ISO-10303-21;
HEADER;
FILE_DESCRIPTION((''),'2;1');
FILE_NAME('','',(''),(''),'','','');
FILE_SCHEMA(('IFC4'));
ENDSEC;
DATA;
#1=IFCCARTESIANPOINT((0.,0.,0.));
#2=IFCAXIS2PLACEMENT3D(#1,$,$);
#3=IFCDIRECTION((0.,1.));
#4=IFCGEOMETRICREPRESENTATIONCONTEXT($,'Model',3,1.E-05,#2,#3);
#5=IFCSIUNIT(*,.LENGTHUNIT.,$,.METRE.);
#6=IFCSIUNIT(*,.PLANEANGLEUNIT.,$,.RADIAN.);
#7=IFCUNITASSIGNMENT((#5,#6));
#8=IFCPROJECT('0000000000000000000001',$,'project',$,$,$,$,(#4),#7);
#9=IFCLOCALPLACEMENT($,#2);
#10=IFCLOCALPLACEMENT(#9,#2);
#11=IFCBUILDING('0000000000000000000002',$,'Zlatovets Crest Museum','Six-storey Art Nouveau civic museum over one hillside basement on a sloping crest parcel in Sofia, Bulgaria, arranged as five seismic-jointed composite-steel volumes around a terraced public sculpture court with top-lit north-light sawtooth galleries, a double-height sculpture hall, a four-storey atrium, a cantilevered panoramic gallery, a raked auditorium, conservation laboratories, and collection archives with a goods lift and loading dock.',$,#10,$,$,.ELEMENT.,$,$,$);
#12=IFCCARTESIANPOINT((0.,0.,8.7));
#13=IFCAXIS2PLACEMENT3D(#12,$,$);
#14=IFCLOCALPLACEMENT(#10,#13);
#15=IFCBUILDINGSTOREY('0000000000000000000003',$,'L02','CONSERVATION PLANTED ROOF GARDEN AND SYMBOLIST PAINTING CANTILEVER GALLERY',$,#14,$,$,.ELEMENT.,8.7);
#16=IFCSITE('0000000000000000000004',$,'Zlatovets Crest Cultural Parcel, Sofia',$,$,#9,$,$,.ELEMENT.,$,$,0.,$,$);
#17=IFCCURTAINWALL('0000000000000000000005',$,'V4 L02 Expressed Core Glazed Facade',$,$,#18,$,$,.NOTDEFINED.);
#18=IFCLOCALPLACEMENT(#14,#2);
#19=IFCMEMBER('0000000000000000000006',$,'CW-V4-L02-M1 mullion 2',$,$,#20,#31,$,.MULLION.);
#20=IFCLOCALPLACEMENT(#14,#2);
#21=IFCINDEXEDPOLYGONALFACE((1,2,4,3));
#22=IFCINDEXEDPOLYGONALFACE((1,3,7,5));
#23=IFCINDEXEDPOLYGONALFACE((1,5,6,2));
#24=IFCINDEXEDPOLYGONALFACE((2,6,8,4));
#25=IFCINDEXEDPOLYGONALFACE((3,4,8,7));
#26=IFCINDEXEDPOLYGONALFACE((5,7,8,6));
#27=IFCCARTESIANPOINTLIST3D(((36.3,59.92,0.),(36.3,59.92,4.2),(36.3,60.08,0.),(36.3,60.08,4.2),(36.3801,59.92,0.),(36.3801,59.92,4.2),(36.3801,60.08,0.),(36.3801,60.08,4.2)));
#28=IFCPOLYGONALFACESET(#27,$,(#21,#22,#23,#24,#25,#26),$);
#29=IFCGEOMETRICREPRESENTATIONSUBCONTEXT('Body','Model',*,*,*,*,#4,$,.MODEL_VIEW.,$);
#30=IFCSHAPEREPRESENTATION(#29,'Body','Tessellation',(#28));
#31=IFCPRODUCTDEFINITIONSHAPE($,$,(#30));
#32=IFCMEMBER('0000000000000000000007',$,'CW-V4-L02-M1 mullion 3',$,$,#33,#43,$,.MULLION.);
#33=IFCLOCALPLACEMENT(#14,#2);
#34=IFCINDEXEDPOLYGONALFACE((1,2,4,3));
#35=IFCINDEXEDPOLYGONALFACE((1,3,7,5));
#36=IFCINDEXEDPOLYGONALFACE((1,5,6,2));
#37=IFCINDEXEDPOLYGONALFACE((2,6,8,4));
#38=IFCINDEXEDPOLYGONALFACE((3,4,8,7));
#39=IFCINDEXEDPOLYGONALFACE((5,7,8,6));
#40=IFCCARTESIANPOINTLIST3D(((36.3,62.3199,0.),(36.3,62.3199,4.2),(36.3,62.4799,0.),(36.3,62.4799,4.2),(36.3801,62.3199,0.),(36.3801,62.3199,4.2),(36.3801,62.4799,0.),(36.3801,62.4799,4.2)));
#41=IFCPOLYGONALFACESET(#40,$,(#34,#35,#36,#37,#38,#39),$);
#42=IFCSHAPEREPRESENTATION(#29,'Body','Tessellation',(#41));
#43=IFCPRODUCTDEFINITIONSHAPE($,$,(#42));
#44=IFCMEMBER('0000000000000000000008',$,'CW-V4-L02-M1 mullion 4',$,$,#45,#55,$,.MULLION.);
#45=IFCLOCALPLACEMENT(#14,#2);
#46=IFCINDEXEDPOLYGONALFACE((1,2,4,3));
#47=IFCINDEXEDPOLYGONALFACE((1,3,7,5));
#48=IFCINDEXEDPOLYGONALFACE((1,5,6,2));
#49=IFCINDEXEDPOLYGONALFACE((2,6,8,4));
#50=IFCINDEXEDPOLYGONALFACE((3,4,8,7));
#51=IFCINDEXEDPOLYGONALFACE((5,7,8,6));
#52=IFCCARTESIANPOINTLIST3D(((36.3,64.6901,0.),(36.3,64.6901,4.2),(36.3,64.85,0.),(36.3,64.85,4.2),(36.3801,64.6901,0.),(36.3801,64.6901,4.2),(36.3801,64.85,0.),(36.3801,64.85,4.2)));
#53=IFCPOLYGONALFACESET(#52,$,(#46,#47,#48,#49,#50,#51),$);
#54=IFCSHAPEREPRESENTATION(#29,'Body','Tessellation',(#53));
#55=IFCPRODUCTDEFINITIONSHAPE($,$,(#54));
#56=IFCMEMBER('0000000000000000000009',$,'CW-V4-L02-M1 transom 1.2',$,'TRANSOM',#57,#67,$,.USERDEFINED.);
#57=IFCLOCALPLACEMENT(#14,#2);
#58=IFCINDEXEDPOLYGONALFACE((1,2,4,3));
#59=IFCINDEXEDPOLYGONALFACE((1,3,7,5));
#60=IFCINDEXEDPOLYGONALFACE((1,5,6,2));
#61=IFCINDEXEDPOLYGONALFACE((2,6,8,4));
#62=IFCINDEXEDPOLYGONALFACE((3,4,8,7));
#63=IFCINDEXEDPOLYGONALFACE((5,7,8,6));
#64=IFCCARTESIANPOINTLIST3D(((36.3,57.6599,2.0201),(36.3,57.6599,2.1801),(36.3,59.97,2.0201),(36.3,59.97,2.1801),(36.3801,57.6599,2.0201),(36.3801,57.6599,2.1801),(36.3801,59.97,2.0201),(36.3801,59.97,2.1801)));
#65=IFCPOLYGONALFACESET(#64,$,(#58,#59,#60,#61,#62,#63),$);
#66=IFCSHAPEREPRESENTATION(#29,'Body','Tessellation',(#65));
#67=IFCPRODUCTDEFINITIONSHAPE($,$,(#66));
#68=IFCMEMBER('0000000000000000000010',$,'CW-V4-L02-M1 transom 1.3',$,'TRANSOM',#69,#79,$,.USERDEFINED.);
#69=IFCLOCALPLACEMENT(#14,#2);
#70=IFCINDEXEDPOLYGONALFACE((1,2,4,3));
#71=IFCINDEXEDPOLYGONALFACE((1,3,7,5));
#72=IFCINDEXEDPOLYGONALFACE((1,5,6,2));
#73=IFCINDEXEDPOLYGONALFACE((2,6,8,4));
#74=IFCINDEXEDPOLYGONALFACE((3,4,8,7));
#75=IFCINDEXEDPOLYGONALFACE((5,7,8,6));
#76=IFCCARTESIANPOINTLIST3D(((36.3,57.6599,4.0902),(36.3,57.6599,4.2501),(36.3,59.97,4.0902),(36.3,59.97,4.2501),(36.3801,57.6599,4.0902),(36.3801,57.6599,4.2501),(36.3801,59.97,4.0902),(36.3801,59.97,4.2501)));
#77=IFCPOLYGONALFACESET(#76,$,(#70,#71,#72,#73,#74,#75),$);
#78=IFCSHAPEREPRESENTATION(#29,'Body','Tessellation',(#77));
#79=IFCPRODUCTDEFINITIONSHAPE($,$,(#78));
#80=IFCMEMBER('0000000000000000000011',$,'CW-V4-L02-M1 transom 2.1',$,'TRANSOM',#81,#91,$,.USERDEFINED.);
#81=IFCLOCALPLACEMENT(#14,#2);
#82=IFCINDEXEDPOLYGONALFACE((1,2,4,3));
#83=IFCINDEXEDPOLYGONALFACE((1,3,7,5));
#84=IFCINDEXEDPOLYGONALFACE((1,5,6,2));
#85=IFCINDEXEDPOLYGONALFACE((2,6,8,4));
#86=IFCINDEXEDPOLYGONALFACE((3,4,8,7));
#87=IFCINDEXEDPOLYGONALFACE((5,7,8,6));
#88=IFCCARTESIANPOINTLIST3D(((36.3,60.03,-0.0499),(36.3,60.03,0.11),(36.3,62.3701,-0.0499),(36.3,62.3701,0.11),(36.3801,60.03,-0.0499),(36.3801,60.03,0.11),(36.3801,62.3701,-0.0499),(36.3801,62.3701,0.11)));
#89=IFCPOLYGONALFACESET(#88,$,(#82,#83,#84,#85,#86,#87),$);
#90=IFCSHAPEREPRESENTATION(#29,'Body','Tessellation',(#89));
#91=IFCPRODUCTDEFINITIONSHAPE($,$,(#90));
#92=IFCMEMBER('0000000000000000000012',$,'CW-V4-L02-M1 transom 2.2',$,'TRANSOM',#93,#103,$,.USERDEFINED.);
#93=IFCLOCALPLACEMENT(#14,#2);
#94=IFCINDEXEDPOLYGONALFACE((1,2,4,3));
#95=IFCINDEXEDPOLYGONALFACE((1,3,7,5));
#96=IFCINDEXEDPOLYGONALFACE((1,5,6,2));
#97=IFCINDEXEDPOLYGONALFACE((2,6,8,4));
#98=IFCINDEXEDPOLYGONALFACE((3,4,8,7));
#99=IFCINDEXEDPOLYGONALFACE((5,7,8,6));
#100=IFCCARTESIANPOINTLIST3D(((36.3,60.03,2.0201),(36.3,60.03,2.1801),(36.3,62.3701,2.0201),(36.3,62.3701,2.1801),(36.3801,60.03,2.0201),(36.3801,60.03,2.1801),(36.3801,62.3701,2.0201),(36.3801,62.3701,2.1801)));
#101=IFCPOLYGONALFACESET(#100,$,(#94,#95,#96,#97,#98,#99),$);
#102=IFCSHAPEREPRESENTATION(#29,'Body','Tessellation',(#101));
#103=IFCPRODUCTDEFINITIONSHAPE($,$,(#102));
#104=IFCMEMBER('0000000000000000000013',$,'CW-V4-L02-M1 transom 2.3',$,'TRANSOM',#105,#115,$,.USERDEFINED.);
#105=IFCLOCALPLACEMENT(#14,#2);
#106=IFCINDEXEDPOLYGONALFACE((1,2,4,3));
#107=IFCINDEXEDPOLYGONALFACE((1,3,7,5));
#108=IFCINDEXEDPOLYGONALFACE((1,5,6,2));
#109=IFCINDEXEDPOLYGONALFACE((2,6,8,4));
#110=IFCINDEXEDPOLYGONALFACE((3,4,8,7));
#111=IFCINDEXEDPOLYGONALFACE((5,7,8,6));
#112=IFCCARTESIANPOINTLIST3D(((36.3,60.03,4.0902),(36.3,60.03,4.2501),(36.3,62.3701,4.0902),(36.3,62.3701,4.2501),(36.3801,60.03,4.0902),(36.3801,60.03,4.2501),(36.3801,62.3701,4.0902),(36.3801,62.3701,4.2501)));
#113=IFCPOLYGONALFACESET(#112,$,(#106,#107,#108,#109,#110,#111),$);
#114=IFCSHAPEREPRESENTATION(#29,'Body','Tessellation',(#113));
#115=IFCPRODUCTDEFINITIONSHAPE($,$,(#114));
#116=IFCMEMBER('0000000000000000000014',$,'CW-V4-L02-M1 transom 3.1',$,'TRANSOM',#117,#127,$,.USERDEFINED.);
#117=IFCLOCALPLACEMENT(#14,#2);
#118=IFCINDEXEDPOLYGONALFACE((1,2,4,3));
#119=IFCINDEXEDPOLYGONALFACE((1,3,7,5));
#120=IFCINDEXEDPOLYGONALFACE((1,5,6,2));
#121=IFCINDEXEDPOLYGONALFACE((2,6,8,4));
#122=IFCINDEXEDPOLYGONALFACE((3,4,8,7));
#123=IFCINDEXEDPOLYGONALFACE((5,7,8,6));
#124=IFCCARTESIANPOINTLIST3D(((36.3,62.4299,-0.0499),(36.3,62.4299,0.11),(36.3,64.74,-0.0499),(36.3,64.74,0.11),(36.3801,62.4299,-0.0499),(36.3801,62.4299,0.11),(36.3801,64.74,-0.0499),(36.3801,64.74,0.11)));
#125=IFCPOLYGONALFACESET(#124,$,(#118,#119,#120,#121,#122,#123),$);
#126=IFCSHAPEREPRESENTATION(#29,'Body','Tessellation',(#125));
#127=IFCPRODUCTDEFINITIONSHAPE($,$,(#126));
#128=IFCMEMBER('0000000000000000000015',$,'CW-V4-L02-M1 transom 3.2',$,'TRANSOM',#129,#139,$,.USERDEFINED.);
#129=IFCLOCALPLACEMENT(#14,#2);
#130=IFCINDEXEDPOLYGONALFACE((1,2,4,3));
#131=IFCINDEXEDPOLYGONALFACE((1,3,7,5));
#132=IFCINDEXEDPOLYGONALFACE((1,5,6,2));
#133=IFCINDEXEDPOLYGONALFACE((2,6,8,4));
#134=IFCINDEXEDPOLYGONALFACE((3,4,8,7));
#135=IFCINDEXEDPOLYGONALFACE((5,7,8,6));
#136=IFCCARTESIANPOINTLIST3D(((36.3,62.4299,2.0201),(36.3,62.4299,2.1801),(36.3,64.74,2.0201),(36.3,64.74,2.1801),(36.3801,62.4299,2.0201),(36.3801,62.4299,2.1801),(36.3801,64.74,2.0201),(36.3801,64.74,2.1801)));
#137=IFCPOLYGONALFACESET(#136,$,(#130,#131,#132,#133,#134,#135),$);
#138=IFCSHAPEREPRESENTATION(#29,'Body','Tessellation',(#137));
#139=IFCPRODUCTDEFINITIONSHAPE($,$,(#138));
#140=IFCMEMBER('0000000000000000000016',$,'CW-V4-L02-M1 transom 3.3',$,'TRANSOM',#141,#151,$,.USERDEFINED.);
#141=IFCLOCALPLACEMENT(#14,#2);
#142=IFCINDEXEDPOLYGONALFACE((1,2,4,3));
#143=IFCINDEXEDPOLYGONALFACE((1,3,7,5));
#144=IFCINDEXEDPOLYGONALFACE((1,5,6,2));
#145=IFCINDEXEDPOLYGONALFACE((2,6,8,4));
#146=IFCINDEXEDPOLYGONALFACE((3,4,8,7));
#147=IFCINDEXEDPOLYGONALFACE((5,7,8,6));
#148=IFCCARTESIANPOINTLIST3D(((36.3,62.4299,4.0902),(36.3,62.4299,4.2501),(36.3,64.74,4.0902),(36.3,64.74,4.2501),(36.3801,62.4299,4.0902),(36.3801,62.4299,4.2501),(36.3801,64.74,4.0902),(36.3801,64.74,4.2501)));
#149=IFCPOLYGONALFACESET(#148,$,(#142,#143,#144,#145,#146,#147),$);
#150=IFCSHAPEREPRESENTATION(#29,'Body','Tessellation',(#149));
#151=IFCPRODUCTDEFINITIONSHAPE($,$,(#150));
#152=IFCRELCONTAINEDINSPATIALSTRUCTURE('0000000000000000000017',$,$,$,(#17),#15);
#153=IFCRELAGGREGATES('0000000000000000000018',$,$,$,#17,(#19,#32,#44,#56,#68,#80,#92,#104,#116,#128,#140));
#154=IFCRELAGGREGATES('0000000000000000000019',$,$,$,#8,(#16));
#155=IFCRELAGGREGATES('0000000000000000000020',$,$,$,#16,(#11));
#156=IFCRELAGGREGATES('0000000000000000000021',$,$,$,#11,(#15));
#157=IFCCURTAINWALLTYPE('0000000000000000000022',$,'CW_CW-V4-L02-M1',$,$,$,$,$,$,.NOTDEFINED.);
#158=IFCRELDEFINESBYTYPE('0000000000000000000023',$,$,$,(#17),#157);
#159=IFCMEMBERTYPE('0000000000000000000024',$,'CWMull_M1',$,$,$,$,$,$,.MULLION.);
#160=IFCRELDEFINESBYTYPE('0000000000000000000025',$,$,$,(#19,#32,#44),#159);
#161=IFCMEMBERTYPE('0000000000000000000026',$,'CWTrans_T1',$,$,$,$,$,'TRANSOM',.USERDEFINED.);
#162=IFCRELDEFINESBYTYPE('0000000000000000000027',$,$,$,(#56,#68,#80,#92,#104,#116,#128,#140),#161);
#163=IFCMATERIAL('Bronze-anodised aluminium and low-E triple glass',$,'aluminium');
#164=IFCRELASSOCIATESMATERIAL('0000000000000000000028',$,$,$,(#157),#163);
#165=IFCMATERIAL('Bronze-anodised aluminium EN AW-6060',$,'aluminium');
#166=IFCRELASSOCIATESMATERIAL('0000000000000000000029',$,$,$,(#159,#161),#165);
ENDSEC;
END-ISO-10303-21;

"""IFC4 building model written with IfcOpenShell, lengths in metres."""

from ifc_helpers import new_model, si_unit, direction, frame, origin, origin_2d, place, context, subcontext, project, spatial, rectangle, extrude, material, material_profile, profile_set, type_object, element, aggregate, save


model = new_model("IFC4")

# Units and contexts
model_context = context("Model", 3, precision=1e-05, world=origin(), true_north=direction((0.0, 1.0)))
body_context = subcontext(model_context, "Body", "Model", "MODEL_VIEW")
ifc_project = project(units=[si_unit("LENGTHUNIT", "METRE"), si_unit("PLANEANGLEUNIT", "RADIAN")], contexts=[model_context])

# Site, building, storey
site_placement = place(None, origin())
site = spatial("IfcSite", under=ifc_project, at=site_placement, Name="Zlatovets Crest Cultural Parcel, Sofia", CompositionType="ELEMENT", RefElevation=0.0)
building_placement = place(site_placement, origin())
building = spatial("IfcBuilding", under=site, at=building_placement, Name="Zlatovets Crest Museum", Description="Six-storey Art Nouveau civic museum over one hillside basement on a sloping crest parcel in Sofia, Bulgaria, arranged as five seismic-jointed composite-steel volumes around a terraced public sculpture court with top-lit north-light sawtooth galleries, a double-height sculpture hall, a four-storey atrium, a cantilevered panoramic gallery, a raked auditorium, conservation laboratories, and collection archives with a goods lift and loading dock.", CompositionType="ELEMENT")
storey_placement = place(building_placement, frame((0.0, 0.0, 8.7)))
storey = spatial("IfcBuildingStorey", under=building, at=storey_placement, Name="L02", Description="CONSERVATION PLANTED ROOF GARDEN AND SYMBOLIST PAINTING CANTILEVER GALLERY", CompositionType="ELEMENT", Elevation=8.7)

# Curtain wall, members
ifc_material_1 = material(Name="Bronze-anodised aluminium and low-E triple glass", Category="aluminium")
curtain_wall_type = type_object("IfcCurtainWallType", Name="CW_CW-V4-L02-M1", PredefinedType="NOTDEFINED", material=ifc_material_1)
curtain_wall_placement = place(storey_placement, origin())
curtain_wall = element("IfcCurtainWall", 1, at=curtain_wall_placement, inside=storey, type_object=curtain_wall_type, Name="V4 L02 Expressed Core Glazed Facade", PredefinedType="NOTDEFINED")
ifc_material_2 = material(Name="Bronze-anodised aluminium EN AW-6060", Category="aluminium")
ifc_material_profile_1 = material_profile(ifc_material_2, rectangle(XDim=0.0801, YDim=0.1599, at=origin_2d()), Name="ALU 80x160")
ifc_profile_set_1 = profile_set([ifc_material_profile_1], Name="Bronze-anodised aluminium EN AW-6060")
member_type_1 = type_object("IfcMemberType", Name="CWMull_M1", PredefinedType="MULLION", material=ifc_profile_set_1)
member_1_placement = place(storey_placement, frame((36.3401, 60.0, 0.0), z_axis=(0.0, 0.0, 1.0), x_axis=(-1.0, 0.0, 0.0)))
member_1 = element("IfcMember", 2, at=member_1_placement, type_object=member_type_1, Name="CW-V4-L02-M1 mullion 2", PredefinedType="MULLION", context=body_context, shape_type="SweptSolid", body=[
    extrude(rectangle(XDim=0.0801, YDim=0.1599, at=origin_2d()), origin(), (0.0, 0.0, 1.0), 4.2),
])
member_2_placement = place(storey_placement, frame((36.3401, 62.3999, 0.0), z_axis=(0.0, 0.0, 1.0), x_axis=(-1.0, 0.0, 0.0)))
member_2 = element("IfcMember", 3, at=member_2_placement, type_object=member_type_1, Name="CW-V4-L02-M1 mullion 3", PredefinedType="MULLION", context=body_context, shape_type="SweptSolid", body=[
    extrude(rectangle(XDim=0.0801, YDim=0.1599, at=origin_2d()), origin(), (0.0, 0.0, 1.0), 4.2),
])
member_3_placement = place(storey_placement, frame((36.3401, 64.77, 0.0), z_axis=(0.0, 0.0, 1.0), x_axis=(-1.0, 0.0, 0.0)))
member_3 = element("IfcMember", 4, at=member_3_placement, type_object=member_type_1, Name="CW-V4-L02-M1 mullion 4", PredefinedType="MULLION", context=body_context, shape_type="SweptSolid", body=[
    extrude(rectangle(XDim=0.0801, YDim=0.1599, at=origin_2d()), origin(), (0.0, 0.0, 1.0), 4.2),
])
ifc_material_profile_2 = material_profile(ifc_material_2, rectangle(XDim=0.0801, YDim=0.1599, at=origin_2d()), Name="ALU 80x160")
ifc_profile_set_2 = profile_set([ifc_material_profile_2], Name="Bronze-anodised aluminium EN AW-6060")
member_type_2 = type_object("IfcMemberType", Name="CWTrans_T1", ElementType="TRANSOM", PredefinedType="USERDEFINED", material=ifc_profile_set_2)
member_4_placement = place(storey_placement, frame((36.3401, 57.6599, 2.1001), z_axis=(0.0, 1.0, 0.0), x_axis=(-1.0, 0.0, 0.0)))
member_4 = element("IfcMember", 5, at=member_4_placement, type_object=member_type_2, Name="CW-V4-L02-M1 transom 1.2", ObjectType="TRANSOM", PredefinedType="USERDEFINED", context=body_context, shape_type="SweptSolid", body=[
    extrude(rectangle(XDim=0.0801, YDim=0.1599, at=origin_2d()), origin(), (0.0, 0.0, 1.0), 2.3101),
])
member_5_placement = place(storey_placement, frame((36.3401, 57.6599, 4.1702), z_axis=(0.0, 1.0, 0.0), x_axis=(-1.0, 0.0, 0.0)))
member_5 = element("IfcMember", 6, at=member_5_placement, type_object=member_type_2, Name="CW-V4-L02-M1 transom 1.3", ObjectType="TRANSOM", PredefinedType="USERDEFINED", context=body_context, shape_type="SweptSolid", body=[
    extrude(rectangle(XDim=0.0801, YDim=0.1599, at=origin_2d()), origin(), (0.0, 0.0, 1.0), 2.3101),
])
member_6_placement = place(storey_placement, frame((36.3401, 60.03, 0.03), z_axis=(0.0, 1.0, 0.0), x_axis=(-1.0, 0.0, 0.0)))
member_6 = element("IfcMember", 7, at=member_6_placement, type_object=member_type_2, Name="CW-V4-L02-M1 transom 2.1", ObjectType="TRANSOM", PredefinedType="USERDEFINED", context=body_context, shape_type="SweptSolid", body=[
    extrude(rectangle(XDim=0.0801, YDim=0.1599, at=origin_2d()), origin(), (0.0, 0.0, 1.0), 2.3401),
])
member_7_placement = place(storey_placement, frame((36.3401, 60.03, 2.1001), z_axis=(0.0, 1.0, 0.0), x_axis=(-1.0, 0.0, 0.0)))
member_7 = element("IfcMember", 8, at=member_7_placement, type_object=member_type_2, Name="CW-V4-L02-M1 transom 2.2", ObjectType="TRANSOM", PredefinedType="USERDEFINED", context=body_context, shape_type="SweptSolid", body=[
    extrude(rectangle(XDim=0.0801, YDim=0.1599, at=origin_2d()), origin(), (0.0, 0.0, 1.0), 2.3401),
])
member_8_placement = place(storey_placement, frame((36.3401, 60.03, 4.1702), z_axis=(0.0, 1.0, 0.0), x_axis=(-1.0, 0.0, 0.0)))
member_8 = element("IfcMember", 9, at=member_8_placement, type_object=member_type_2, Name="CW-V4-L02-M1 transom 2.3", ObjectType="TRANSOM", PredefinedType="USERDEFINED", context=body_context, shape_type="SweptSolid", body=[
    extrude(rectangle(XDim=0.0801, YDim=0.1599, at=origin_2d()), origin(), (0.0, 0.0, 1.0), 2.3401),
])
member_9_placement = place(storey_placement, frame((36.3401, 62.4299, 0.03), z_axis=(0.0, 1.0, 0.0), x_axis=(-1.0, 0.0, 0.0)))
member_9 = element("IfcMember", 10, at=member_9_placement, type_object=member_type_2, Name="CW-V4-L02-M1 transom 3.1", ObjectType="TRANSOM", PredefinedType="USERDEFINED", context=body_context, shape_type="SweptSolid", body=[
    extrude(rectangle(XDim=0.0801, YDim=0.1599, at=origin_2d()), origin(), (0.0, 0.0, 1.0), 2.3101),
])
member_10_placement = place(storey_placement, frame((36.3401, 62.4299, 2.1001), z_axis=(0.0, 1.0, 0.0), x_axis=(-1.0, 0.0, 0.0)))
member_10 = element("IfcMember", 11, at=member_10_placement, type_object=member_type_2, Name="CW-V4-L02-M1 transom 3.2", ObjectType="TRANSOM", PredefinedType="USERDEFINED", context=body_context, shape_type="SweptSolid", body=[
    extrude(rectangle(XDim=0.0801, YDim=0.1599, at=origin_2d()), origin(), (0.0, 0.0, 1.0), 2.3101),
])
member_11_placement = place(storey_placement, frame((36.3401, 62.4299, 4.1702), z_axis=(0.0, 1.0, 0.0), x_axis=(-1.0, 0.0, 0.0)))
member_11 = element("IfcMember", 12, at=member_11_placement, type_object=member_type_2, Name="CW-V4-L02-M1 transom 3.3", ObjectType="TRANSOM", PredefinedType="USERDEFINED", context=body_context, shape_type="SweptSolid", body=[
    extrude(rectangle(XDim=0.0801, YDim=0.1599, at=origin_2d()), origin(), (0.0, 0.0, 1.0), 2.3101),
])

aggregate(curtain_wall, [member_1, member_2, member_3, member_4, member_5, member_6, member_7, member_8, member_9, member_10, member_11])

save(model, "model.ifc")
